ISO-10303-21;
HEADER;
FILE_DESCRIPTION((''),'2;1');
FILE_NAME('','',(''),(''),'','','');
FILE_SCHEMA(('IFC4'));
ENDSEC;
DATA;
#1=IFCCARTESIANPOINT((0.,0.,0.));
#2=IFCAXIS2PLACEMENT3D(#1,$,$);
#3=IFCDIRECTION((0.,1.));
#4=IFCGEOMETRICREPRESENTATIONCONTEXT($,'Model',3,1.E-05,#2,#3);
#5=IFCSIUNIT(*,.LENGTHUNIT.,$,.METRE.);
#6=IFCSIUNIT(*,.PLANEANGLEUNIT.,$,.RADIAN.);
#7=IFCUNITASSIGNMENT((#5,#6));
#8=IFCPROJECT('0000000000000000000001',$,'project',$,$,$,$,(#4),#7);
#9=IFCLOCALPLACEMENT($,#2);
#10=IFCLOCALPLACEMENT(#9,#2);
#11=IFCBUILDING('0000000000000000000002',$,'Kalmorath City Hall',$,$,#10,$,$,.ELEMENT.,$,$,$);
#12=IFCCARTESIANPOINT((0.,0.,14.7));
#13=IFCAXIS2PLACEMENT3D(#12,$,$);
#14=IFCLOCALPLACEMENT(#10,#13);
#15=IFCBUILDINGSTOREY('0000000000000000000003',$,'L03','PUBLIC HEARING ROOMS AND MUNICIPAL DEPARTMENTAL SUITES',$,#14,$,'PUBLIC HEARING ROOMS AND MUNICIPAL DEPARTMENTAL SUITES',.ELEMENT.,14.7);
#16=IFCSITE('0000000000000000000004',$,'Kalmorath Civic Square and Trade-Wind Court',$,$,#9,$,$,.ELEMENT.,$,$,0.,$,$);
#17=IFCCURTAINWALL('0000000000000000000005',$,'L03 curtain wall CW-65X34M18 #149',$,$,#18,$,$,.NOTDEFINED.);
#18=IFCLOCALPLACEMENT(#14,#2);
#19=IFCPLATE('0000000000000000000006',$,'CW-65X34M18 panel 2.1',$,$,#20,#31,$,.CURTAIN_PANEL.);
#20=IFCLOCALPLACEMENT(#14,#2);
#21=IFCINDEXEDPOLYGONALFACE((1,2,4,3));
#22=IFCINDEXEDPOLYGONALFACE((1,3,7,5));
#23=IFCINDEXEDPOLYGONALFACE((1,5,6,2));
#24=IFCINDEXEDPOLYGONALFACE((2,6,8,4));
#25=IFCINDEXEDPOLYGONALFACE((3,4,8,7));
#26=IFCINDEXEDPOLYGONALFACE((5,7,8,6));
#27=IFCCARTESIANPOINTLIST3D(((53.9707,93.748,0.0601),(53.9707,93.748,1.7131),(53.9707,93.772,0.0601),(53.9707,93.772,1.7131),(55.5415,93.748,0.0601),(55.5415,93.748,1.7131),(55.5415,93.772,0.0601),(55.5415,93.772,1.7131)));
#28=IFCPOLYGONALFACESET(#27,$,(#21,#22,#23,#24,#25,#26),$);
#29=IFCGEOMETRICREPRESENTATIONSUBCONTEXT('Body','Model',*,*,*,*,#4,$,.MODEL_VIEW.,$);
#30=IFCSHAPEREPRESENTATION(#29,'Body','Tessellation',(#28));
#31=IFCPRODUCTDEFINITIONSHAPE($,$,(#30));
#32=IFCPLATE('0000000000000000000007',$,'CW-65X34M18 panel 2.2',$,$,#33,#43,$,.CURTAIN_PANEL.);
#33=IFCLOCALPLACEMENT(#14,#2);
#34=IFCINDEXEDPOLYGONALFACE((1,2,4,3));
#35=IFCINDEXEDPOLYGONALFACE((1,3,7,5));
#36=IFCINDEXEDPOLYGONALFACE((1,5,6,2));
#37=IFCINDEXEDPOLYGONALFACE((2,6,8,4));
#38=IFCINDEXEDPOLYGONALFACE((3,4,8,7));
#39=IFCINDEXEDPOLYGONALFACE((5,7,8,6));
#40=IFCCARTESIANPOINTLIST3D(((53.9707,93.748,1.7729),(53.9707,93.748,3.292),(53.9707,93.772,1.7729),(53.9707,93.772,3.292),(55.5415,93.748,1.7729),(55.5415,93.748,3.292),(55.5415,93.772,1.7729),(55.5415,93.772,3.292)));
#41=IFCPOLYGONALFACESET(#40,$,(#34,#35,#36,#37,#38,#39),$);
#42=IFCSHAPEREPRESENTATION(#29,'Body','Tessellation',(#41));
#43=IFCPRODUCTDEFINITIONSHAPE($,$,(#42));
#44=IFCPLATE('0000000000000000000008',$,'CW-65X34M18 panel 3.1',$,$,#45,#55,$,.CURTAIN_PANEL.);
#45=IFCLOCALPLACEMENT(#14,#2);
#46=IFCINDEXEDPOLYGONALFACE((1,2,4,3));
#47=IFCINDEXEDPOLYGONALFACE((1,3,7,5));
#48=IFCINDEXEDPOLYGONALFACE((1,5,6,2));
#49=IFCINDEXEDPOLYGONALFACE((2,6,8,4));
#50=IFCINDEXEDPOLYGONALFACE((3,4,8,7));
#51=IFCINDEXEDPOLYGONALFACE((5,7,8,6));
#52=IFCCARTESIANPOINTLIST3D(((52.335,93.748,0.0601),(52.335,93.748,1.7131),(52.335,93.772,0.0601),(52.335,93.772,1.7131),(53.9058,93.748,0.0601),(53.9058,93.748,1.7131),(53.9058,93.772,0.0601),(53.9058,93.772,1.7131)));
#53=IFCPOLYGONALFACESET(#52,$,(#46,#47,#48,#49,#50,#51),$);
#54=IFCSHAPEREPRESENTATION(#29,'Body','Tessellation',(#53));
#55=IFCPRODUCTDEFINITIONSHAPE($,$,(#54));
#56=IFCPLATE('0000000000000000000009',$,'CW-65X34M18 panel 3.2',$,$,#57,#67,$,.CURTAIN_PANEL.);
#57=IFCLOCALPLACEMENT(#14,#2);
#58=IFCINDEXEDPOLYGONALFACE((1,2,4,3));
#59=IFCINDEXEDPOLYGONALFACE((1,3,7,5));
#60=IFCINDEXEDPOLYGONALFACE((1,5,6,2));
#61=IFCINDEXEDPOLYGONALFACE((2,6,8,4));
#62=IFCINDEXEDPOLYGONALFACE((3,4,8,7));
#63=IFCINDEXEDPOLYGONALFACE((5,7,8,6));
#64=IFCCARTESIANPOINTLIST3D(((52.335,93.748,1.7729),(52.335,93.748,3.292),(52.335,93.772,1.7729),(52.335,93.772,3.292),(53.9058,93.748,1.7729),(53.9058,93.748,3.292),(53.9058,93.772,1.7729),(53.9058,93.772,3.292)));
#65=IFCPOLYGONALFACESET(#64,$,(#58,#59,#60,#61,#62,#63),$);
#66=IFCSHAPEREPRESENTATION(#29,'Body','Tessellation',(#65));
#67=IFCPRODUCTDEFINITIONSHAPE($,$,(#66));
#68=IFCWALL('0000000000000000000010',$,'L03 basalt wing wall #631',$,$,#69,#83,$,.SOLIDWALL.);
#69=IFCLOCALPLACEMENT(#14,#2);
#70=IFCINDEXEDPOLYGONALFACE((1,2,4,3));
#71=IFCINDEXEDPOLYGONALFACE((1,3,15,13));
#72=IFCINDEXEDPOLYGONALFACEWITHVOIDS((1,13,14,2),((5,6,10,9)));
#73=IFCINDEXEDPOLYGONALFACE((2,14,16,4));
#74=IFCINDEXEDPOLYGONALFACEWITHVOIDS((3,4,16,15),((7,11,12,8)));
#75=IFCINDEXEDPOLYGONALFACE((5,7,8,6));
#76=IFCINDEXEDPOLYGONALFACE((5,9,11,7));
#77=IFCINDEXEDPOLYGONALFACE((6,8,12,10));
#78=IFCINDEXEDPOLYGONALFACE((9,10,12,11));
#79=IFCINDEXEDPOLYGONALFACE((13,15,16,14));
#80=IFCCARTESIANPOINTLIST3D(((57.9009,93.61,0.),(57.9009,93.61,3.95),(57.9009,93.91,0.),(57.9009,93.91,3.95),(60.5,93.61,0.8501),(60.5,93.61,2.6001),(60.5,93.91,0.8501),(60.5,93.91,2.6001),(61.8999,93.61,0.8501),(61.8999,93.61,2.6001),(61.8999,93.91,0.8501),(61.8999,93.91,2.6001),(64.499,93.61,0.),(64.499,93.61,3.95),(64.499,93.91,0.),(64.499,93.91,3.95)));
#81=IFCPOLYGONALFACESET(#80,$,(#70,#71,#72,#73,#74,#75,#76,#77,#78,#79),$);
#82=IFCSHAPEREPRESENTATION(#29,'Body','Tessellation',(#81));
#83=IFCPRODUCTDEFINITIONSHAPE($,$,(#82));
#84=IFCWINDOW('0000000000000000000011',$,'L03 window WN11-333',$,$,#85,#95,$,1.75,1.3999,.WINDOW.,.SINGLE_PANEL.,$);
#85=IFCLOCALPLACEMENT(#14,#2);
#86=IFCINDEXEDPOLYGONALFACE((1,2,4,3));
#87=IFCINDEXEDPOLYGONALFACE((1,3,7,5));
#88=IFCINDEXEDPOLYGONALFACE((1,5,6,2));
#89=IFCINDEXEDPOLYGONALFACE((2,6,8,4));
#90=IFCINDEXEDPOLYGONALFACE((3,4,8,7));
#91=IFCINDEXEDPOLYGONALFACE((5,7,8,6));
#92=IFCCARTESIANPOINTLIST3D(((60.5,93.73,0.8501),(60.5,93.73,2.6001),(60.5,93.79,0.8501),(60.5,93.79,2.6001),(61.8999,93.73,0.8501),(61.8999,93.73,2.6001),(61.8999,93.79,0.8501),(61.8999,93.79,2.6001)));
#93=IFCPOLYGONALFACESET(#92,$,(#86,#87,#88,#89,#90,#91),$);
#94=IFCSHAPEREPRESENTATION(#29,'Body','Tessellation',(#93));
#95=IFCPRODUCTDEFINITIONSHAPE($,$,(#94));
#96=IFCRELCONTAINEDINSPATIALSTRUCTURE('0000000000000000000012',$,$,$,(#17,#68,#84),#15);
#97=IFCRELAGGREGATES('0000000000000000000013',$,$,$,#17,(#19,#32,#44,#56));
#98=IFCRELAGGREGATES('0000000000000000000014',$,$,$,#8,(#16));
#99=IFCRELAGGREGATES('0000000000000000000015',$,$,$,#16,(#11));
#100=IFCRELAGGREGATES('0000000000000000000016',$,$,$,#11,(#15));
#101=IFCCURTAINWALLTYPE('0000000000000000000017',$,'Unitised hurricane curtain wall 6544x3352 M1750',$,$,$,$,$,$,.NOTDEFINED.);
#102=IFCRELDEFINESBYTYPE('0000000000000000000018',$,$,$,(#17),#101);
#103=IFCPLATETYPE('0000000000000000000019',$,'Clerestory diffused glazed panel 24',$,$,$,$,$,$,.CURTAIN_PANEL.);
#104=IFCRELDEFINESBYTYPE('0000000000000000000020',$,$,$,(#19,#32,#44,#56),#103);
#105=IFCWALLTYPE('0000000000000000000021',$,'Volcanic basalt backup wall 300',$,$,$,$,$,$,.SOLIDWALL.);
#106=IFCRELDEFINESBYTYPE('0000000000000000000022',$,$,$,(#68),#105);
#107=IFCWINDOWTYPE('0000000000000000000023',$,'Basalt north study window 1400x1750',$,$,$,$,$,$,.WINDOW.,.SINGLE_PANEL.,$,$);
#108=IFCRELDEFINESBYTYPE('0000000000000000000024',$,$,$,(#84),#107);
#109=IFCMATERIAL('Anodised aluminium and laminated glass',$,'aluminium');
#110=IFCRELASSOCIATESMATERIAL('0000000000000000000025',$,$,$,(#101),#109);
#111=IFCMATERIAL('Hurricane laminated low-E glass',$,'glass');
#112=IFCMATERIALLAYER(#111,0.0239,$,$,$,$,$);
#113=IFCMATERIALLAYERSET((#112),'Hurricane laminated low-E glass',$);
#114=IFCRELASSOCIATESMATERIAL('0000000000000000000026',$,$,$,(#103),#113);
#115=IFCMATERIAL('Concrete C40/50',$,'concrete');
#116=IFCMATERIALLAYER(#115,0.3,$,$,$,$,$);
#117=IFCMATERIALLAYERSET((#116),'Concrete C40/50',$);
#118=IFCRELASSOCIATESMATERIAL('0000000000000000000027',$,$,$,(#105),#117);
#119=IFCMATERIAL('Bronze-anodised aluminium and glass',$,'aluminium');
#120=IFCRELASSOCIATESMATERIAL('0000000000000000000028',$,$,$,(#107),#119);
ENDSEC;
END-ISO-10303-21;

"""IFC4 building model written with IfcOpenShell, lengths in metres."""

from ifc_helpers import new_model, si_unit, direction, frame, frame_2d, origin, origin_2d, place, context, subcontext, project, spatial, rectangle, extrude, material, layer, layer_set, type_object, element, fill, aggregate, save


model = new_model("IFC4")

# Units and contexts
model_context = context("Model", 3, precision=1e-05, world=origin(), true_north=direction((0.0, 1.0)))
body_context = subcontext(model_context, "Body", "Model", "MODEL_VIEW")
ifc_project = project(units=[si_unit("LENGTHUNIT", "METRE"), si_unit("PLANEANGLEUNIT", "RADIAN")], contexts=[model_context])

# Site, building, storey
site_placement = place(None, origin())
site = spatial("IfcSite", under=ifc_project, at=site_placement, Name="Kalmorath Civic Square and Trade-Wind Court", CompositionType="ELEMENT", RefElevation=0.0)
building_placement = place(site_placement, origin())
building = spatial("IfcBuilding", under=site, at=building_placement, Name="Kalmorath City Hall", CompositionType="ELEMENT")
storey_placement = place(building_placement, frame((0.0, 0.0, 14.7)))
storey = spatial("IfcBuildingStorey", under=building, at=storey_placement, Name="L03", Description="PUBLIC HEARING ROOMS AND MUNICIPAL DEPARTMENTAL SUITES", LongName="PUBLIC HEARING ROOMS AND MUNICIPAL DEPARTMENTAL SUITES", CompositionType="ELEMENT", Elevation=14.7)

# Curtain wall
ifc_material_1 = material(Name="Anodised aluminium and laminated glass", Category="aluminium")
curtain_wall_type_1 = type_object("IfcCurtainWallType", Name="Unitised hurricane curtain wall 6544x3352 M1750", PredefinedType="NOTDEFINED", material=ifc_material_1)
curtain_wall_1_placement = place(storey_placement, origin())
curtain_wall_1 = element("IfcCurtainWall", 1, at=curtain_wall_1_placement, inside=storey, type_object=curtain_wall_type_1, Name="L03 curtain wall CW-65X34M18 #149", PredefinedType="NOTDEFINED")

# Plates
ifc_material_2 = material(Name="Hurricane laminated low-E glass", Category="glass")
ifc_layer_1 = layer(ifc_material_2, 0.0239)
ifc_layer_set_1 = layer_set([ifc_layer_1], Name="Hurricane laminated low-E glass")
plate_type = type_object("IfcPlateType", Name="Clerestory diffused glazed panel 24", PredefinedType="CURTAIN_PANEL", material=ifc_layer_set_1)
plate_1_placement = place(storey_placement, frame((54.7561, 93.76, 0.0601), z_axis=(0.0, 0.0, 1.0), x_axis=(-1.0, 0.0, 0.0)))
plate_1 = element("IfcPlate", 2, at=plate_1_placement, type_object=plate_type, Name="CW-65X34M18 panel 2.1", PredefinedType="CURTAIN_PANEL", context=body_context, shape_type="SweptSolid", body=[
    extrude(rectangle(XDim=1.5708, YDim=0.0239, at=origin_2d()), origin(), (0.0, 0.0, 1.0), 1.6531),
])
plate_2_placement = place(storey_placement, frame((54.7561, 93.76, 1.7729), z_axis=(0.0, 0.0, 1.0), x_axis=(-1.0, 0.0, 0.0)))
plate_2 = element("IfcPlate", 3, at=plate_2_placement, type_object=plate_type, Name="CW-65X34M18 panel 2.2", PredefinedType="CURTAIN_PANEL", context=body_context, shape_type="SweptSolid", body=[
    extrude(rectangle(XDim=1.5708, YDim=0.0239, at=origin_2d()), origin(), (0.0, 0.0, 1.0), 1.519),
])
plate_3_placement = place(storey_placement, frame((53.1204, 93.76, 0.0601), z_axis=(0.0, 0.0, 1.0), x_axis=(-1.0, 0.0, 0.0)))
plate_3 = element("IfcPlate", 4, at=plate_3_placement, type_object=plate_type, Name="CW-65X34M18 panel 3.1", PredefinedType="CURTAIN_PANEL", context=body_context, shape_type="SweptSolid", body=[
    extrude(rectangle(XDim=1.5708, YDim=0.0239, at=origin_2d()), origin(), (0.0, 0.0, 1.0), 1.6531),
])
plate_4_placement = place(storey_placement, frame((53.1204, 93.76, 1.7729), z_axis=(0.0, 0.0, 1.0), x_axis=(-1.0, 0.0, 0.0)))
plate_4 = element("IfcPlate", 5, at=plate_4_placement, type_object=plate_type, Name="CW-65X34M18 panel 3.2", PredefinedType="CURTAIN_PANEL", context=body_context, shape_type="SweptSolid", body=[
    extrude(rectangle(XDim=1.5708, YDim=0.0239, at=origin_2d()), origin(), (0.0, 0.0, 1.0), 1.519),
])
aggregate(curtain_wall_1, [plate_1, plate_2, plate_3, plate_4])

# Wall, opening, window
ifc_material_3 = material(Name="Concrete C40/50", Category="concrete")
ifc_layer_2 = layer(ifc_material_3, 0.3)
ifc_layer_set_2 = layer_set([ifc_layer_2], Name="Concrete C40/50")
wall_type = type_object("IfcWallType", Name="Volcanic basalt backup wall 300", PredefinedType="SOLIDWALL", material=ifc_layer_set_2)
wall_placement = place(storey_placement, frame((64.499, 93.76, 0.0), z_axis=(0.0, 0.0, 1.0), x_axis=(-1.0, 0.0, 0.0)))
wall = element("IfcWall", 6, at=wall_placement, inside=storey, type_object=wall_type, Name="L03 basalt wing wall #631", PredefinedType="SOLIDWALL", context=body_context, shape_type="SweptSolid", body=[
    extrude(rectangle(XDim=6.5981, YDim=0.3, at=frame_2d((3.2991, 0.0))), origin(), (0.0, 0.0, 1.0), 3.95),
])
opening_placement = place(wall_placement, frame((2.5991, 0.0, 0.8501)))
opening = element("IfcOpeningElement", 7, at=opening_placement, cuts=wall, PredefinedType="OPENING", context=body_context, shape_type="SweptSolid", body=[
    extrude(rectangle(XDim=1.3999, YDim=1.75, at=frame_2d((0.7, 0.875))), frame((0.0, 0.1599, 0.0), z_axis=(0.0, -1.0, 0.0), x_axis=(1.0, 0.0, 0.0)), (0.0, 0.0, 1.0), 0.3201),
])
ifc_material_4 = material(Name="Bronze-anodised aluminium and glass", Category="aluminium")
window_type = type_object("IfcWindowType", Name="Basalt north study window 1400x1750", PartitioningType="SINGLE_PANEL", PredefinedType="WINDOW", material=ifc_material_4)
window_placement = place(opening_placement, origin())
window = element("IfcWindow", 8, at=window_placement, inside=storey, type_object=window_type, Name="L03 window WN11-333", OverallHeight=1.75, OverallWidth=1.3999, PartitioningType="SINGLE_PANEL", PredefinedType="WINDOW", context=body_context, shape_type="SweptSolid", body=[
    extrude(rectangle(XDim=1.3999, YDim=1.75, at=frame_2d((0.7, 0.875))), frame((0.0, 0.03, 0.0), z_axis=(0.0, -1.0, 0.0), x_axis=(1.0, 0.0, 0.0)), (0.0, 0.0, 1.0), 0.0601),
])
fill(opening, window)

save(model, "model.ifc")
